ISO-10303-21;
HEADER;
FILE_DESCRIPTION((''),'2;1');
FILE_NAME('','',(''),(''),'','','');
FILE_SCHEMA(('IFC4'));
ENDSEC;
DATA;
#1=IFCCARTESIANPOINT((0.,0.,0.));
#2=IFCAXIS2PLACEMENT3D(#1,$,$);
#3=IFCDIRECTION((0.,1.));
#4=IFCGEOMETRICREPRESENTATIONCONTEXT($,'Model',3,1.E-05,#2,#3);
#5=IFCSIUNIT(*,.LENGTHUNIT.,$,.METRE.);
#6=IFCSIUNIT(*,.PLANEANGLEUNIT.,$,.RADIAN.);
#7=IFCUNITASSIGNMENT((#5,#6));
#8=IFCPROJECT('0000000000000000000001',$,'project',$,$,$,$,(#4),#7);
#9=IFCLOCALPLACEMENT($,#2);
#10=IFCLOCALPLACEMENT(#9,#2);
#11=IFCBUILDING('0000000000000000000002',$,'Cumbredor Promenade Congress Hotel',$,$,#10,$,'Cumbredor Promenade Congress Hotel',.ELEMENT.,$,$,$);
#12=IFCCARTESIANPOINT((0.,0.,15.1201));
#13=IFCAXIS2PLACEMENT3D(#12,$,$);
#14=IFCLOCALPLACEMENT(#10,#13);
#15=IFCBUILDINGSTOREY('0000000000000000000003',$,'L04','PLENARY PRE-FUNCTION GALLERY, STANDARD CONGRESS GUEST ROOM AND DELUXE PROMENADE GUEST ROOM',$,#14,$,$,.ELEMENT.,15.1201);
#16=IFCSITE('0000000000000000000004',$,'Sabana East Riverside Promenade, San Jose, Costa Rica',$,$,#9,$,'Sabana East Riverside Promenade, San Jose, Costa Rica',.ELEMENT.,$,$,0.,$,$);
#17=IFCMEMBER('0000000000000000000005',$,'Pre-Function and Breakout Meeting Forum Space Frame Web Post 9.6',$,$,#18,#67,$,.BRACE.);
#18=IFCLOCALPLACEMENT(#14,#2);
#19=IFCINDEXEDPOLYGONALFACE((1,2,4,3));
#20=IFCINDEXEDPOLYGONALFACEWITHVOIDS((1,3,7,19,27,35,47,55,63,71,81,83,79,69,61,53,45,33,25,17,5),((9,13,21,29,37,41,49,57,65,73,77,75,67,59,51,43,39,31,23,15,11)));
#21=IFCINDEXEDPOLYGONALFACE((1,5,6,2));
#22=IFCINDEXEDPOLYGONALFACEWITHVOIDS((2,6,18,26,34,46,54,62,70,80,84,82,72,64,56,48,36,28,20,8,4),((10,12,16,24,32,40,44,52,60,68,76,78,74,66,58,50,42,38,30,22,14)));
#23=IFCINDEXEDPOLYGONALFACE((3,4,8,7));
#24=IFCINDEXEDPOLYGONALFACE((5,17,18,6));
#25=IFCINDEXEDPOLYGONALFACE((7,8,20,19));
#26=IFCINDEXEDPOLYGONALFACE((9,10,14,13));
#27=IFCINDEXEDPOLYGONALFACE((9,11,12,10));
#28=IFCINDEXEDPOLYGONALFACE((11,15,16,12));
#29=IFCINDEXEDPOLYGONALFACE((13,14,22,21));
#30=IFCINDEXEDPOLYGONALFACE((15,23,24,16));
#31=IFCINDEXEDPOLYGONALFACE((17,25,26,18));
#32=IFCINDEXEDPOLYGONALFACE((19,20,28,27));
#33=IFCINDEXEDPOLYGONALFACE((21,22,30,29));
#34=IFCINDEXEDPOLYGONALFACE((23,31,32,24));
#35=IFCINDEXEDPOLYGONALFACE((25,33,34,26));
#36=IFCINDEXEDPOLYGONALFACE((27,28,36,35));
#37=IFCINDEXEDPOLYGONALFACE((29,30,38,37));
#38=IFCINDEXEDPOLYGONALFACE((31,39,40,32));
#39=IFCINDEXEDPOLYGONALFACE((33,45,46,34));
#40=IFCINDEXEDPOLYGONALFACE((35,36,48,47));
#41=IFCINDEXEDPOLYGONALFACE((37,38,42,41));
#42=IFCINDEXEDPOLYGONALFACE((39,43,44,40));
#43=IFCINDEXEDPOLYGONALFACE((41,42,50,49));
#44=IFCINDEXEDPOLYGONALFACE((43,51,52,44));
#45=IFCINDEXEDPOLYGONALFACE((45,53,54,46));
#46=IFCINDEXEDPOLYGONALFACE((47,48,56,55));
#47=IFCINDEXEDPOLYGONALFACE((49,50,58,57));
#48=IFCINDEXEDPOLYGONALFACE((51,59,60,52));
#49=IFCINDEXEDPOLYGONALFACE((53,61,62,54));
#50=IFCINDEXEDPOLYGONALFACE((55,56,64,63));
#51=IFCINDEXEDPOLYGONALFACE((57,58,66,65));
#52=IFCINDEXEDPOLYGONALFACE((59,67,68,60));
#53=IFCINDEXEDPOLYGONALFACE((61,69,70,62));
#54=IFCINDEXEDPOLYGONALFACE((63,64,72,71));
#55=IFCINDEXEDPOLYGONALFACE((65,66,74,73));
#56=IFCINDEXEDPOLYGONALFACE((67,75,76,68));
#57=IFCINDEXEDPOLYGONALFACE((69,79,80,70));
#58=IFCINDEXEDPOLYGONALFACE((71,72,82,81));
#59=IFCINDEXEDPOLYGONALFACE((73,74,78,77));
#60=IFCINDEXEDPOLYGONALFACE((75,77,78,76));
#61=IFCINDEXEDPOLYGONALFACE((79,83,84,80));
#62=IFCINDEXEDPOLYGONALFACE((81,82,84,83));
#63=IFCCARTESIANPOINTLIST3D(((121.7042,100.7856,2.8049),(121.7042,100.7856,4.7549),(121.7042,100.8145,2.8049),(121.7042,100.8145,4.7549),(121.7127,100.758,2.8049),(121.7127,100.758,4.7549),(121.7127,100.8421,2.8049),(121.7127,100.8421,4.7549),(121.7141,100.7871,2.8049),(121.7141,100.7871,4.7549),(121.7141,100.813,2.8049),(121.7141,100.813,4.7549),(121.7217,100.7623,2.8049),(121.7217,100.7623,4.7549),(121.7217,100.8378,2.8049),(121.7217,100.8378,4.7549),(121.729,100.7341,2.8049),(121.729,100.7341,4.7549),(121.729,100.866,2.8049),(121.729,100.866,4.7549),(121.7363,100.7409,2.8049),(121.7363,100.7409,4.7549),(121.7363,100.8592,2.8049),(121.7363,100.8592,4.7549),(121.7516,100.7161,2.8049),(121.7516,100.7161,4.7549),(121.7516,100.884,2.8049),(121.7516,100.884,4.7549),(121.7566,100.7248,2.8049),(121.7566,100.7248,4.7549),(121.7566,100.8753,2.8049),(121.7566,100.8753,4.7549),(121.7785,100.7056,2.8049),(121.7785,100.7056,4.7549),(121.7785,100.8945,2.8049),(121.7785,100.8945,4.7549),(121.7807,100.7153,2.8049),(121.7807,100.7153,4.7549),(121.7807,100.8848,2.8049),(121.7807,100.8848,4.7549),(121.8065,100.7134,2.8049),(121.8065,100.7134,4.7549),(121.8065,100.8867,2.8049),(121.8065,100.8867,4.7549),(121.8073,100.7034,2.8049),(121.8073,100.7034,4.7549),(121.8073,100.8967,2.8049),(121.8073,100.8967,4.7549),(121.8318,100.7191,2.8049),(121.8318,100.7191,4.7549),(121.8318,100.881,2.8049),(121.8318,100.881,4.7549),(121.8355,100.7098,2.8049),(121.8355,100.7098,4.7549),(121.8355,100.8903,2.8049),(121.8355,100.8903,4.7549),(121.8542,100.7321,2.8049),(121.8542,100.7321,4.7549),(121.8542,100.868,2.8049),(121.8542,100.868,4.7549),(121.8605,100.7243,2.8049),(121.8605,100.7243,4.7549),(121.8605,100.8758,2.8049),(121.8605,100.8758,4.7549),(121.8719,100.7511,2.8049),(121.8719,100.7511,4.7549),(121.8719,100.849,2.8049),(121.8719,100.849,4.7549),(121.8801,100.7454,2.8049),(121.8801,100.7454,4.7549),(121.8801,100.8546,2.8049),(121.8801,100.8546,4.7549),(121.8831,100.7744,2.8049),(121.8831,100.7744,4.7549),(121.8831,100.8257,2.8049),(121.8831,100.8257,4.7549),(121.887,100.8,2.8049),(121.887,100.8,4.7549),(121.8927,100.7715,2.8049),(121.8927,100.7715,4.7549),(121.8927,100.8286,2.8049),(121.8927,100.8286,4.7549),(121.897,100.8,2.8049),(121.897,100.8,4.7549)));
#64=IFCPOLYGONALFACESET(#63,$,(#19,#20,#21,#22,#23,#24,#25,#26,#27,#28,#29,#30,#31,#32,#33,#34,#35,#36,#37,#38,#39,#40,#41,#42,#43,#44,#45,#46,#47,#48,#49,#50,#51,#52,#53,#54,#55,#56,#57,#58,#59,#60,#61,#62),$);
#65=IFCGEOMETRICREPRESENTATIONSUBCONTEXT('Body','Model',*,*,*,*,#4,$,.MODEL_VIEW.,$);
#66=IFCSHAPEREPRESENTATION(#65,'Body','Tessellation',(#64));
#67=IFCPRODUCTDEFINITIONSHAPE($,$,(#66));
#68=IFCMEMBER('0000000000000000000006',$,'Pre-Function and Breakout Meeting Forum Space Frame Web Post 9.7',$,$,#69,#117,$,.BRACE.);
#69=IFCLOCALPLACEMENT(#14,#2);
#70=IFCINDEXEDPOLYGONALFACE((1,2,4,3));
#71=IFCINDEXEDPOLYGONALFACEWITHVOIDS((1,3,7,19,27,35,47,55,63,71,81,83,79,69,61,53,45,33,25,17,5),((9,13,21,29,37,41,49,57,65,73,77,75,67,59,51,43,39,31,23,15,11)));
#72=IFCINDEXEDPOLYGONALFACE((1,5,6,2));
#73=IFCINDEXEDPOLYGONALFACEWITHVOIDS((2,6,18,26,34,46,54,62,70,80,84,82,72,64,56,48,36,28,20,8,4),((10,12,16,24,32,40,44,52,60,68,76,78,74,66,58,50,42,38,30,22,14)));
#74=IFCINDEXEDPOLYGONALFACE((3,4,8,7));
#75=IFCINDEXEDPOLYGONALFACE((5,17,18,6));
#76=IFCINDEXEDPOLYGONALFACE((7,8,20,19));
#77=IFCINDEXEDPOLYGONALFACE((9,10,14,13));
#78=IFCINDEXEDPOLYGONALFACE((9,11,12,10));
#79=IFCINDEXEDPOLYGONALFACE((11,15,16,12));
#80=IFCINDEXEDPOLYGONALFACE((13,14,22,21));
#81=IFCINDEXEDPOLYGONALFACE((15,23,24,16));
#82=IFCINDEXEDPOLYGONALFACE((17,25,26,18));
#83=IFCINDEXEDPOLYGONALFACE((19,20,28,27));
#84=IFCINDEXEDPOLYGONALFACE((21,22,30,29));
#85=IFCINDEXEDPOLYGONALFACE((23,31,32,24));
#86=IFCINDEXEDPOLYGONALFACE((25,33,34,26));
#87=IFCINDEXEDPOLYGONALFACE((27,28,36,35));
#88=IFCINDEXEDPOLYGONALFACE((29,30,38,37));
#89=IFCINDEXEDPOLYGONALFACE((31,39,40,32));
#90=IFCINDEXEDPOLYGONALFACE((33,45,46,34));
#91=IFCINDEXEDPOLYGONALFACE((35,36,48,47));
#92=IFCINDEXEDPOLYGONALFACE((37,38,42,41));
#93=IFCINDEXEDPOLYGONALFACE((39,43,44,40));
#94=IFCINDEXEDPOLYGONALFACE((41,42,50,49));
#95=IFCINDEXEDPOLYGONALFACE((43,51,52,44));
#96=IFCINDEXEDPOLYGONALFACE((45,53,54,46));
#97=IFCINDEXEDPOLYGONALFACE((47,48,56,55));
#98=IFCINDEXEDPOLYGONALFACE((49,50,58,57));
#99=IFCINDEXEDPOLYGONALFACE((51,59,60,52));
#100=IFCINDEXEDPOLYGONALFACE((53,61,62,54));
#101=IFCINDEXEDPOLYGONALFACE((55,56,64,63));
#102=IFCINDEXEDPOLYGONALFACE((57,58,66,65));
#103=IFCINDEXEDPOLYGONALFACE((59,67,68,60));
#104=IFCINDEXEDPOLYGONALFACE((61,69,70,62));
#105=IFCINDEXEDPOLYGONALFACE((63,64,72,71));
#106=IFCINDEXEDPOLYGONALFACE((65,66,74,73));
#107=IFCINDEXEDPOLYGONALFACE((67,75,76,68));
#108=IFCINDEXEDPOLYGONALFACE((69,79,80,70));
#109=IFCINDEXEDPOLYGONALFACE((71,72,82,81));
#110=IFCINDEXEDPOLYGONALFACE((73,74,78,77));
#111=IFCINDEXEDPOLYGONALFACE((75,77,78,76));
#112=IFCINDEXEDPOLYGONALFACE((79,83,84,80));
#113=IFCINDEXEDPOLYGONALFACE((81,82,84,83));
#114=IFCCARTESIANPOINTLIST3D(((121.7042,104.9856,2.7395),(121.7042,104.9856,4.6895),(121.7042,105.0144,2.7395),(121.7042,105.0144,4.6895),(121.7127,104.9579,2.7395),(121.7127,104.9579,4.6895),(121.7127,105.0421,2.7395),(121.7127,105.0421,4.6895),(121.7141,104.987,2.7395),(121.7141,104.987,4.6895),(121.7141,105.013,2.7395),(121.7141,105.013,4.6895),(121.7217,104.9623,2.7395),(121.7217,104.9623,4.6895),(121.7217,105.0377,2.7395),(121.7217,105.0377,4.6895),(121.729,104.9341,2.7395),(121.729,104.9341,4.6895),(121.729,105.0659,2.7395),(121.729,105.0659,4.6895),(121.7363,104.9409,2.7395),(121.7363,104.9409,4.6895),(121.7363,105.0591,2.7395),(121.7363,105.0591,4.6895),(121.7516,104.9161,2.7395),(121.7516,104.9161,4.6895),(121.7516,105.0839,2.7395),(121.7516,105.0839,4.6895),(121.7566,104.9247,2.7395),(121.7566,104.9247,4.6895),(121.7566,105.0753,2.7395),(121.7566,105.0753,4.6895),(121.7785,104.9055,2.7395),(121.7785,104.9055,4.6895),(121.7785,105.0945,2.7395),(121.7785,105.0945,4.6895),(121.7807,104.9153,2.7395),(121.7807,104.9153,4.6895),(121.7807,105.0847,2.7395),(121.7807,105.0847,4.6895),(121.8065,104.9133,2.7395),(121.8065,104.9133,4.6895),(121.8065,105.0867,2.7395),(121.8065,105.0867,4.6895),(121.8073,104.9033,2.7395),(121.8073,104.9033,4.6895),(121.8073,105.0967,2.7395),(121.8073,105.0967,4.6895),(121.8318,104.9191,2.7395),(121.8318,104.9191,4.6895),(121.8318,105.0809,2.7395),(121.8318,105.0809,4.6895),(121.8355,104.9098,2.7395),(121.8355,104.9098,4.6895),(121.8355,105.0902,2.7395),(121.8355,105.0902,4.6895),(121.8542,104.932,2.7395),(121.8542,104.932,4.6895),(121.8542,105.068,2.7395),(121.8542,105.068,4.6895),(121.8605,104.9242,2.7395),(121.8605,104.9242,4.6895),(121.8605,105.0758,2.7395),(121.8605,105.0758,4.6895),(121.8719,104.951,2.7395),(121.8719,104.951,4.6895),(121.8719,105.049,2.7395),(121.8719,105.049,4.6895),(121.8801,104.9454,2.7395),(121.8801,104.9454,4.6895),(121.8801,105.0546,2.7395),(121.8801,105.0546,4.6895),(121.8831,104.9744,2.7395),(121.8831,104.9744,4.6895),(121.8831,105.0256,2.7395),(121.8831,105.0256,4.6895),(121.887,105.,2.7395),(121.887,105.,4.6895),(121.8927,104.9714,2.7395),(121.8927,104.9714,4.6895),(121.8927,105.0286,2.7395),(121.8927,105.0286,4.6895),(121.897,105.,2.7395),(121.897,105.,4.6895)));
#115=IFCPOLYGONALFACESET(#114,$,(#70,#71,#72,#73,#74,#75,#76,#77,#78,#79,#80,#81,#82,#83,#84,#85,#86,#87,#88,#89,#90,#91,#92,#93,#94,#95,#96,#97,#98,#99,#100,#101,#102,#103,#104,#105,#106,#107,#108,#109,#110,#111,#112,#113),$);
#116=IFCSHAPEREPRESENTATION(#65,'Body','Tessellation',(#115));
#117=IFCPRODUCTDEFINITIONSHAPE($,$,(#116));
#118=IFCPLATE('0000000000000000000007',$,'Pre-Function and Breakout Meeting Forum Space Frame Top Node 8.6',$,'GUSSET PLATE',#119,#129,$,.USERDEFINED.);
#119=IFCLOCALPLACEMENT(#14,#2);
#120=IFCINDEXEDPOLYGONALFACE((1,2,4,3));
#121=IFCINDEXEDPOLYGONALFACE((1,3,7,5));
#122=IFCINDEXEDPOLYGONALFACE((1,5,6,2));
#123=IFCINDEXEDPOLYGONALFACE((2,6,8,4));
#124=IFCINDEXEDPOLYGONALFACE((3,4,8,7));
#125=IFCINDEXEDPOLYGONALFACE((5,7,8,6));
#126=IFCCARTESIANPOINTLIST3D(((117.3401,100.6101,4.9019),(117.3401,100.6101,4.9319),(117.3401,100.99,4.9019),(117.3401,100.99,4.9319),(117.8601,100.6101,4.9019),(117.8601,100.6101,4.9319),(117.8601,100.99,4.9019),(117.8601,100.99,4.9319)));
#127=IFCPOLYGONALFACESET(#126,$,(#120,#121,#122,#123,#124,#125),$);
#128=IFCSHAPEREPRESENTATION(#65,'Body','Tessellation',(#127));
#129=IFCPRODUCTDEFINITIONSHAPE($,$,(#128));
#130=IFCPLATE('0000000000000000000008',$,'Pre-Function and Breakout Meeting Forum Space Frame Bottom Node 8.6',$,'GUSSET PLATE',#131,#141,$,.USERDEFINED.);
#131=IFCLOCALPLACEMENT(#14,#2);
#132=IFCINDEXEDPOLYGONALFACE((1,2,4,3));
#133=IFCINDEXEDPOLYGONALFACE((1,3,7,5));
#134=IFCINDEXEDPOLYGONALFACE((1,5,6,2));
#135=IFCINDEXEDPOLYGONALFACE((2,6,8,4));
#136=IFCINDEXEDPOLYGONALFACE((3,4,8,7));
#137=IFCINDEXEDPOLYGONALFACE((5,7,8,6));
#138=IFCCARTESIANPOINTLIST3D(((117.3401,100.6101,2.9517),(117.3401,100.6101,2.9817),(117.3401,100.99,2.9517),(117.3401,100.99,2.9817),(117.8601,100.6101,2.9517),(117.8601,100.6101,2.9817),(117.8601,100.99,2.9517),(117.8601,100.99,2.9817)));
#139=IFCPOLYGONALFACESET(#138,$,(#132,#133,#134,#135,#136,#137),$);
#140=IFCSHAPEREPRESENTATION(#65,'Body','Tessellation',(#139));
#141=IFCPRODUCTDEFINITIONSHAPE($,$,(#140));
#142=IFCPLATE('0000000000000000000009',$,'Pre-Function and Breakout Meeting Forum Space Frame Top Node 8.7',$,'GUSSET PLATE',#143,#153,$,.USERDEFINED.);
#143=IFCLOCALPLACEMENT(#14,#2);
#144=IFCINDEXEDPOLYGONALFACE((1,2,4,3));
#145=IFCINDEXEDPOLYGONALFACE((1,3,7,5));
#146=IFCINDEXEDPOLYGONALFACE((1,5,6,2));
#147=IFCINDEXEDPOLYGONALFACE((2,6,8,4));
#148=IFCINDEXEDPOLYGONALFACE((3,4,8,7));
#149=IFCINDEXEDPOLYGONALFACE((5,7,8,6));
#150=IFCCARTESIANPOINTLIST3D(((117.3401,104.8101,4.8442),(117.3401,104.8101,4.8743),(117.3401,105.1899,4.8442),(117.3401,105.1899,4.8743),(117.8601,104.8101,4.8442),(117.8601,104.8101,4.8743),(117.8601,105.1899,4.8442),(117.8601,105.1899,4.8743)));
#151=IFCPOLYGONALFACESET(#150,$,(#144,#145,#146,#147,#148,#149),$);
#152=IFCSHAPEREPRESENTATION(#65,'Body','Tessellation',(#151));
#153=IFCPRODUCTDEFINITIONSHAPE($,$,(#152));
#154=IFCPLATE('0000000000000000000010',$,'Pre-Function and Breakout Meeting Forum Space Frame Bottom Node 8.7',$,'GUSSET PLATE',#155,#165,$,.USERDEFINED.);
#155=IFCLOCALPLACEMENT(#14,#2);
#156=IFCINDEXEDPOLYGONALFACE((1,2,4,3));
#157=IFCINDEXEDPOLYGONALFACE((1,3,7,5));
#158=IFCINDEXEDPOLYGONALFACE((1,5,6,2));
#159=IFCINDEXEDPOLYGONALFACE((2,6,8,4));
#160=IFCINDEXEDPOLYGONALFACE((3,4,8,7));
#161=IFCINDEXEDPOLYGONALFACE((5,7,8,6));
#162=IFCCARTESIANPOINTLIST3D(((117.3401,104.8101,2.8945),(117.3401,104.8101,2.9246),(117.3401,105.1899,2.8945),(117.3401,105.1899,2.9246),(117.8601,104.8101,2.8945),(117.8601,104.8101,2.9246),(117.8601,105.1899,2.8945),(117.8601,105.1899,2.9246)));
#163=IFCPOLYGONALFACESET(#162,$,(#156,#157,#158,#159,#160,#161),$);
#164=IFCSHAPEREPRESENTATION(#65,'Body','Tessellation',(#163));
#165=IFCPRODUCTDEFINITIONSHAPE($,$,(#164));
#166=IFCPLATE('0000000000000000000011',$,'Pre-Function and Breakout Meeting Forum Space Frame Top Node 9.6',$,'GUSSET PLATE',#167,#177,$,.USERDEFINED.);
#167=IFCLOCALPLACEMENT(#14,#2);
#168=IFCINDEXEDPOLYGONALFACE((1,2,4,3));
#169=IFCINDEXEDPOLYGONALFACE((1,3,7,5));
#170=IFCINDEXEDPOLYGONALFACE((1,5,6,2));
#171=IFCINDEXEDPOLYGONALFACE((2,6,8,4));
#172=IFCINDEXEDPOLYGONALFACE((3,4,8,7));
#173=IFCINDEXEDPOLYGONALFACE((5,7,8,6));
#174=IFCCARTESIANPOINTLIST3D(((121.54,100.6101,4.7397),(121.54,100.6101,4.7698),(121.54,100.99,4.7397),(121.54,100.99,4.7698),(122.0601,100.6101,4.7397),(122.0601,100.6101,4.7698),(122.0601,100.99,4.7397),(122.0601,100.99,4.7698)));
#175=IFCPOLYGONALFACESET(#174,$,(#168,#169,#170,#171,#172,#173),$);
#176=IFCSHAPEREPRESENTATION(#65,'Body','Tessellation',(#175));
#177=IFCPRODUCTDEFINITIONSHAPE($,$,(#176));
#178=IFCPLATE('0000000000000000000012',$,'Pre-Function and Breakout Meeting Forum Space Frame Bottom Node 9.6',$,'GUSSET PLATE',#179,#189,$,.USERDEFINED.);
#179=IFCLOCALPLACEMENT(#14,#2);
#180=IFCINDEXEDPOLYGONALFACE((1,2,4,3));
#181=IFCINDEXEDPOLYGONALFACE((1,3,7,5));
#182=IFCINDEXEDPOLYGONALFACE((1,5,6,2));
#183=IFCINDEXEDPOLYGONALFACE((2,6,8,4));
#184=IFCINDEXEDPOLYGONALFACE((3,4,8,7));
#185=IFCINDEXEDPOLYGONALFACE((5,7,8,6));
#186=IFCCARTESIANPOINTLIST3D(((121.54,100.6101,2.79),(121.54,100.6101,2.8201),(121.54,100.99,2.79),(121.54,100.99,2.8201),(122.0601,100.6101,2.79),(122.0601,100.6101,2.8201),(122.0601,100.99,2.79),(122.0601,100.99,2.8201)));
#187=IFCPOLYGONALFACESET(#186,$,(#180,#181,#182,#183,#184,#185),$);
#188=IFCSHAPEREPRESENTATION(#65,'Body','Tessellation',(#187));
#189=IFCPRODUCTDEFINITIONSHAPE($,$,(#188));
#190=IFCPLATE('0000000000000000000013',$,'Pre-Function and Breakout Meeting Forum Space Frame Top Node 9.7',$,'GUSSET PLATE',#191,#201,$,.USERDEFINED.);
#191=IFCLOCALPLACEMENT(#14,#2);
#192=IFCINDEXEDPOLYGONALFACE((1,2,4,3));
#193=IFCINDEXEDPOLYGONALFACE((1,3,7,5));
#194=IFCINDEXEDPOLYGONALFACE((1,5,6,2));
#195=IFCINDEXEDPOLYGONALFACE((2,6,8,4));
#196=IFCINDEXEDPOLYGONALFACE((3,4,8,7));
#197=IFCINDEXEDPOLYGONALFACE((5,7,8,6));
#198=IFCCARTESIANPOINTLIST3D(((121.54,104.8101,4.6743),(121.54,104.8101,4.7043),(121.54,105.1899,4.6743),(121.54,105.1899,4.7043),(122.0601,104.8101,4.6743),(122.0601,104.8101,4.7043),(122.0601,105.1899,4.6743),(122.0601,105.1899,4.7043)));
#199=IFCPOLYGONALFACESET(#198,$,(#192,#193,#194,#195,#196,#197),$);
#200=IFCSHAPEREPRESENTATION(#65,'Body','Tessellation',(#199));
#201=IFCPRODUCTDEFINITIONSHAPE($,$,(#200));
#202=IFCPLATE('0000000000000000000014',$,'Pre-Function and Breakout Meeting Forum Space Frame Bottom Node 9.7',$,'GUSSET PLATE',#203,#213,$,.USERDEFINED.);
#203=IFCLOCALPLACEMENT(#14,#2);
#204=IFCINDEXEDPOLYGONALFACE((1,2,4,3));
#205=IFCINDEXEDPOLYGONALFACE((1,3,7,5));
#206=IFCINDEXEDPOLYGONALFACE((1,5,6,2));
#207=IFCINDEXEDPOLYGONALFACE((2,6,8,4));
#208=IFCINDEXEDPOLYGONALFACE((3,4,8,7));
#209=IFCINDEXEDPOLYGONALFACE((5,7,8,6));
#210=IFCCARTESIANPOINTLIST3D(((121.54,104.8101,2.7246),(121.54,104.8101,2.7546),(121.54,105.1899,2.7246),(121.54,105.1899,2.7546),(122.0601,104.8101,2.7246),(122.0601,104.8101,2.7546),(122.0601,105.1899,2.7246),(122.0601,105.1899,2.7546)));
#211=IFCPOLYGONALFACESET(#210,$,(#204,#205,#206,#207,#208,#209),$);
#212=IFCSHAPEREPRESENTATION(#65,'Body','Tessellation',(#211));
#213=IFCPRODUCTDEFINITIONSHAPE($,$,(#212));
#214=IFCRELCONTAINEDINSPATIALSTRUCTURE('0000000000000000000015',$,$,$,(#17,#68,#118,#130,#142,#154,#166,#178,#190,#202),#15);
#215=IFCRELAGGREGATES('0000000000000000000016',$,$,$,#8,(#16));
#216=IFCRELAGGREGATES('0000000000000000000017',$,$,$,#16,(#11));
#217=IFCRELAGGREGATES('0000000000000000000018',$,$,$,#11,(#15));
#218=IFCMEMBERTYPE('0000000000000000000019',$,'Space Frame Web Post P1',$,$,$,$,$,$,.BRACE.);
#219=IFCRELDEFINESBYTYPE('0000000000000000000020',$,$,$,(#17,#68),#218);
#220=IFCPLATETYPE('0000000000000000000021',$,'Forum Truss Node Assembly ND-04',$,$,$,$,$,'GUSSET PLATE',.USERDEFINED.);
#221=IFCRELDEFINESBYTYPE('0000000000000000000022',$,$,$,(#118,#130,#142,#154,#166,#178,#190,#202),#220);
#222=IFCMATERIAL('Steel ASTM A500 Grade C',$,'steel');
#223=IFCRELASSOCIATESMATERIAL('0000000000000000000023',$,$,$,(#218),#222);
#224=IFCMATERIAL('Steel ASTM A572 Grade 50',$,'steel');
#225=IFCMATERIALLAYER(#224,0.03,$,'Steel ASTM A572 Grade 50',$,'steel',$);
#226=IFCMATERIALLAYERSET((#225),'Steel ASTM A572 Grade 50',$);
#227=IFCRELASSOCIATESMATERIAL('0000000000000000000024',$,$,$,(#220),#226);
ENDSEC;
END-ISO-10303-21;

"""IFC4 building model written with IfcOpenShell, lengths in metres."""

from ifc_helpers import new_model, si_unit, direction, frame, origin, origin_2d, place, context, subcontext, project, spatial, rectangle, hollow_circle, extrude, material, layer, layer_set, material_profile, profile_set, type_object, element, save


model = new_model("IFC4")

# Units and contexts
model_context = context("Model", 3, precision=1e-05, world=origin(), true_north=direction((0.0, 1.0)))
body_context = subcontext(model_context, "Body", "Model", "MODEL_VIEW")
ifc_project = project(units=[si_unit("LENGTHUNIT", "METRE"), si_unit("PLANEANGLEUNIT", "RADIAN")], contexts=[model_context])

# Site, building, storey
site_placement = place(None, origin())
site = spatial("IfcSite", under=ifc_project, at=site_placement, Name="Sabana East Riverside Promenade, San Jose, Costa Rica", LongName="Sabana East Riverside Promenade, San Jose, Costa Rica", CompositionType="ELEMENT", RefElevation=0.0)
building_placement = place(site_placement, origin())
building = spatial("IfcBuilding", under=site, at=building_placement, Name="Cumbredor Promenade Congress Hotel", LongName="Cumbredor Promenade Congress Hotel", CompositionType="ELEMENT")
storey_placement = place(building_placement, frame((0.0, 0.0, 15.1201)))
storey = spatial("IfcBuildingStorey", under=building, at=storey_placement, Name="L04", Description="PLENARY PRE-FUNCTION GALLERY, STANDARD CONGRESS GUEST ROOM AND DELUXE PROMENADE GUEST ROOM", CompositionType="ELEMENT", Elevation=15.1201)

# Members
ifc_material_1 = material(Name="Steel ASTM A500 Grade C", Category="steel")
ifc_material_profile_1 = material_profile(ifc_material_1, hollow_circle(Radius=0.0969, WallThickness=0.01, at=origin_2d()), Name="CHS 193.7x10")
ifc_profile_set_1 = profile_set([ifc_material_profile_1], Name="Steel ASTM A500 Grade C")
member_type_1 = type_object("IfcMemberType", Name="Space Frame Web Post P1", PredefinedType="BRACE", material=ifc_profile_set_1)
for number, where, z_axis, x_axis, name in (
    (1, (121.8, 100.8, 2.8049), (0.0, 0.0, 1.0), (1.0, 0.0, 0.0), "Pre-Function and Breakout Meeting Forum Space Frame Web Post 9.6"),
    (2, (121.8, 105.0, 2.7395), (0.0, 0.0, 1.0), (1.0, 0.0, 0.0), "Pre-Function and Breakout Meeting Forum Space Frame Web Post 9.7"),
):
    element("IfcMember", number, at=place(storey_placement, frame(where, z_axis=z_axis, x_axis=x_axis)), inside=storey, type_object=member_type_1, Name=name, PredefinedType="BRACE", context=body_context, shape_type="SweptSolid", body=[
        extrude(hollow_circle(Radius=0.0969, WallThickness=0.01, at=origin_2d()), origin(), (0.0, 0.0, 1.0), 1.95),
    ])

# Plates
ifc_material_2 = material(Name="Steel ASTM A572 Grade 50", Category="steel")
ifc_layer = layer(ifc_material_2, 0.03, Name="Steel ASTM A572 Grade 50", Category="steel")
ifc_layer_set = layer_set([ifc_layer], Name="Steel ASTM A572 Grade 50")
plate_type = type_object("IfcPlateType", Name="Forum Truss Node Assembly ND-04", ElementType="GUSSET PLATE", PredefinedType="USERDEFINED", material=ifc_layer_set)
for number, where, z_axis, x_axis, name in (
    (3, (117.6001, 100.8, 4.9019), (0.0, 0.0, 1.0), (1.0, 0.0, 0.0), "Pre-Function and Breakout Meeting Forum Space Frame Top Node 8.6"),
    (4, (117.6001, 100.8, 2.9517), (0.0, 0.0, 1.0), (1.0, 0.0, 0.0), "Pre-Function and Breakout Meeting Forum Space Frame Bottom Node 8.6"),
    (5, (117.6001, 105.0, 4.8442), (0.0, 0.0, 1.0), (1.0, 0.0, 0.0), "Pre-Function and Breakout Meeting Forum Space Frame Top Node 8.7"),
    (6, (117.6001, 105.0, 2.8945), (0.0, 0.0, 1.0), (1.0, 0.0, 0.0), "Pre-Function and Breakout Meeting Forum Space Frame Bottom Node 8.7"),
    (7, (121.8, 100.8, 4.7397), (0.0, 0.0, 1.0), (1.0, 0.0, 0.0), "Pre-Function and Breakout Meeting Forum Space Frame Top Node 9.6"),
    (8, (121.8, 100.8, 2.79), (0.0, 0.0, 1.0), (1.0, 0.0, 0.0), "Pre-Function and Breakout Meeting Forum Space Frame Bottom Node 9.6"),
    (9, (121.8, 105.0, 4.6743), (0.0, 0.0, 1.0), (1.0, 0.0, 0.0), "Pre-Function and Breakout Meeting Forum Space Frame Top Node 9.7"),
    (10, (121.8, 105.0, 2.7246), (0.0, 0.0, 1.0), (1.0, 0.0, 0.0), "Pre-Function and Breakout Meeting Forum Space Frame Bottom Node 9.7"),
):
    element("IfcPlate", number, at=place(storey_placement, frame(where, z_axis=z_axis, x_axis=x_axis)), inside=storey, type_object=plate_type, Name=name, ObjectType="GUSSET PLATE", PredefinedType="USERDEFINED", context=body_context, shape_type="SweptSolid", body=[
        extrude(rectangle(XDim=0.52, YDim=0.3799, at=origin_2d()), origin(), (0.0, 0.0, 1.0), 0.03),
    ])

save(model, "model.ifc")
